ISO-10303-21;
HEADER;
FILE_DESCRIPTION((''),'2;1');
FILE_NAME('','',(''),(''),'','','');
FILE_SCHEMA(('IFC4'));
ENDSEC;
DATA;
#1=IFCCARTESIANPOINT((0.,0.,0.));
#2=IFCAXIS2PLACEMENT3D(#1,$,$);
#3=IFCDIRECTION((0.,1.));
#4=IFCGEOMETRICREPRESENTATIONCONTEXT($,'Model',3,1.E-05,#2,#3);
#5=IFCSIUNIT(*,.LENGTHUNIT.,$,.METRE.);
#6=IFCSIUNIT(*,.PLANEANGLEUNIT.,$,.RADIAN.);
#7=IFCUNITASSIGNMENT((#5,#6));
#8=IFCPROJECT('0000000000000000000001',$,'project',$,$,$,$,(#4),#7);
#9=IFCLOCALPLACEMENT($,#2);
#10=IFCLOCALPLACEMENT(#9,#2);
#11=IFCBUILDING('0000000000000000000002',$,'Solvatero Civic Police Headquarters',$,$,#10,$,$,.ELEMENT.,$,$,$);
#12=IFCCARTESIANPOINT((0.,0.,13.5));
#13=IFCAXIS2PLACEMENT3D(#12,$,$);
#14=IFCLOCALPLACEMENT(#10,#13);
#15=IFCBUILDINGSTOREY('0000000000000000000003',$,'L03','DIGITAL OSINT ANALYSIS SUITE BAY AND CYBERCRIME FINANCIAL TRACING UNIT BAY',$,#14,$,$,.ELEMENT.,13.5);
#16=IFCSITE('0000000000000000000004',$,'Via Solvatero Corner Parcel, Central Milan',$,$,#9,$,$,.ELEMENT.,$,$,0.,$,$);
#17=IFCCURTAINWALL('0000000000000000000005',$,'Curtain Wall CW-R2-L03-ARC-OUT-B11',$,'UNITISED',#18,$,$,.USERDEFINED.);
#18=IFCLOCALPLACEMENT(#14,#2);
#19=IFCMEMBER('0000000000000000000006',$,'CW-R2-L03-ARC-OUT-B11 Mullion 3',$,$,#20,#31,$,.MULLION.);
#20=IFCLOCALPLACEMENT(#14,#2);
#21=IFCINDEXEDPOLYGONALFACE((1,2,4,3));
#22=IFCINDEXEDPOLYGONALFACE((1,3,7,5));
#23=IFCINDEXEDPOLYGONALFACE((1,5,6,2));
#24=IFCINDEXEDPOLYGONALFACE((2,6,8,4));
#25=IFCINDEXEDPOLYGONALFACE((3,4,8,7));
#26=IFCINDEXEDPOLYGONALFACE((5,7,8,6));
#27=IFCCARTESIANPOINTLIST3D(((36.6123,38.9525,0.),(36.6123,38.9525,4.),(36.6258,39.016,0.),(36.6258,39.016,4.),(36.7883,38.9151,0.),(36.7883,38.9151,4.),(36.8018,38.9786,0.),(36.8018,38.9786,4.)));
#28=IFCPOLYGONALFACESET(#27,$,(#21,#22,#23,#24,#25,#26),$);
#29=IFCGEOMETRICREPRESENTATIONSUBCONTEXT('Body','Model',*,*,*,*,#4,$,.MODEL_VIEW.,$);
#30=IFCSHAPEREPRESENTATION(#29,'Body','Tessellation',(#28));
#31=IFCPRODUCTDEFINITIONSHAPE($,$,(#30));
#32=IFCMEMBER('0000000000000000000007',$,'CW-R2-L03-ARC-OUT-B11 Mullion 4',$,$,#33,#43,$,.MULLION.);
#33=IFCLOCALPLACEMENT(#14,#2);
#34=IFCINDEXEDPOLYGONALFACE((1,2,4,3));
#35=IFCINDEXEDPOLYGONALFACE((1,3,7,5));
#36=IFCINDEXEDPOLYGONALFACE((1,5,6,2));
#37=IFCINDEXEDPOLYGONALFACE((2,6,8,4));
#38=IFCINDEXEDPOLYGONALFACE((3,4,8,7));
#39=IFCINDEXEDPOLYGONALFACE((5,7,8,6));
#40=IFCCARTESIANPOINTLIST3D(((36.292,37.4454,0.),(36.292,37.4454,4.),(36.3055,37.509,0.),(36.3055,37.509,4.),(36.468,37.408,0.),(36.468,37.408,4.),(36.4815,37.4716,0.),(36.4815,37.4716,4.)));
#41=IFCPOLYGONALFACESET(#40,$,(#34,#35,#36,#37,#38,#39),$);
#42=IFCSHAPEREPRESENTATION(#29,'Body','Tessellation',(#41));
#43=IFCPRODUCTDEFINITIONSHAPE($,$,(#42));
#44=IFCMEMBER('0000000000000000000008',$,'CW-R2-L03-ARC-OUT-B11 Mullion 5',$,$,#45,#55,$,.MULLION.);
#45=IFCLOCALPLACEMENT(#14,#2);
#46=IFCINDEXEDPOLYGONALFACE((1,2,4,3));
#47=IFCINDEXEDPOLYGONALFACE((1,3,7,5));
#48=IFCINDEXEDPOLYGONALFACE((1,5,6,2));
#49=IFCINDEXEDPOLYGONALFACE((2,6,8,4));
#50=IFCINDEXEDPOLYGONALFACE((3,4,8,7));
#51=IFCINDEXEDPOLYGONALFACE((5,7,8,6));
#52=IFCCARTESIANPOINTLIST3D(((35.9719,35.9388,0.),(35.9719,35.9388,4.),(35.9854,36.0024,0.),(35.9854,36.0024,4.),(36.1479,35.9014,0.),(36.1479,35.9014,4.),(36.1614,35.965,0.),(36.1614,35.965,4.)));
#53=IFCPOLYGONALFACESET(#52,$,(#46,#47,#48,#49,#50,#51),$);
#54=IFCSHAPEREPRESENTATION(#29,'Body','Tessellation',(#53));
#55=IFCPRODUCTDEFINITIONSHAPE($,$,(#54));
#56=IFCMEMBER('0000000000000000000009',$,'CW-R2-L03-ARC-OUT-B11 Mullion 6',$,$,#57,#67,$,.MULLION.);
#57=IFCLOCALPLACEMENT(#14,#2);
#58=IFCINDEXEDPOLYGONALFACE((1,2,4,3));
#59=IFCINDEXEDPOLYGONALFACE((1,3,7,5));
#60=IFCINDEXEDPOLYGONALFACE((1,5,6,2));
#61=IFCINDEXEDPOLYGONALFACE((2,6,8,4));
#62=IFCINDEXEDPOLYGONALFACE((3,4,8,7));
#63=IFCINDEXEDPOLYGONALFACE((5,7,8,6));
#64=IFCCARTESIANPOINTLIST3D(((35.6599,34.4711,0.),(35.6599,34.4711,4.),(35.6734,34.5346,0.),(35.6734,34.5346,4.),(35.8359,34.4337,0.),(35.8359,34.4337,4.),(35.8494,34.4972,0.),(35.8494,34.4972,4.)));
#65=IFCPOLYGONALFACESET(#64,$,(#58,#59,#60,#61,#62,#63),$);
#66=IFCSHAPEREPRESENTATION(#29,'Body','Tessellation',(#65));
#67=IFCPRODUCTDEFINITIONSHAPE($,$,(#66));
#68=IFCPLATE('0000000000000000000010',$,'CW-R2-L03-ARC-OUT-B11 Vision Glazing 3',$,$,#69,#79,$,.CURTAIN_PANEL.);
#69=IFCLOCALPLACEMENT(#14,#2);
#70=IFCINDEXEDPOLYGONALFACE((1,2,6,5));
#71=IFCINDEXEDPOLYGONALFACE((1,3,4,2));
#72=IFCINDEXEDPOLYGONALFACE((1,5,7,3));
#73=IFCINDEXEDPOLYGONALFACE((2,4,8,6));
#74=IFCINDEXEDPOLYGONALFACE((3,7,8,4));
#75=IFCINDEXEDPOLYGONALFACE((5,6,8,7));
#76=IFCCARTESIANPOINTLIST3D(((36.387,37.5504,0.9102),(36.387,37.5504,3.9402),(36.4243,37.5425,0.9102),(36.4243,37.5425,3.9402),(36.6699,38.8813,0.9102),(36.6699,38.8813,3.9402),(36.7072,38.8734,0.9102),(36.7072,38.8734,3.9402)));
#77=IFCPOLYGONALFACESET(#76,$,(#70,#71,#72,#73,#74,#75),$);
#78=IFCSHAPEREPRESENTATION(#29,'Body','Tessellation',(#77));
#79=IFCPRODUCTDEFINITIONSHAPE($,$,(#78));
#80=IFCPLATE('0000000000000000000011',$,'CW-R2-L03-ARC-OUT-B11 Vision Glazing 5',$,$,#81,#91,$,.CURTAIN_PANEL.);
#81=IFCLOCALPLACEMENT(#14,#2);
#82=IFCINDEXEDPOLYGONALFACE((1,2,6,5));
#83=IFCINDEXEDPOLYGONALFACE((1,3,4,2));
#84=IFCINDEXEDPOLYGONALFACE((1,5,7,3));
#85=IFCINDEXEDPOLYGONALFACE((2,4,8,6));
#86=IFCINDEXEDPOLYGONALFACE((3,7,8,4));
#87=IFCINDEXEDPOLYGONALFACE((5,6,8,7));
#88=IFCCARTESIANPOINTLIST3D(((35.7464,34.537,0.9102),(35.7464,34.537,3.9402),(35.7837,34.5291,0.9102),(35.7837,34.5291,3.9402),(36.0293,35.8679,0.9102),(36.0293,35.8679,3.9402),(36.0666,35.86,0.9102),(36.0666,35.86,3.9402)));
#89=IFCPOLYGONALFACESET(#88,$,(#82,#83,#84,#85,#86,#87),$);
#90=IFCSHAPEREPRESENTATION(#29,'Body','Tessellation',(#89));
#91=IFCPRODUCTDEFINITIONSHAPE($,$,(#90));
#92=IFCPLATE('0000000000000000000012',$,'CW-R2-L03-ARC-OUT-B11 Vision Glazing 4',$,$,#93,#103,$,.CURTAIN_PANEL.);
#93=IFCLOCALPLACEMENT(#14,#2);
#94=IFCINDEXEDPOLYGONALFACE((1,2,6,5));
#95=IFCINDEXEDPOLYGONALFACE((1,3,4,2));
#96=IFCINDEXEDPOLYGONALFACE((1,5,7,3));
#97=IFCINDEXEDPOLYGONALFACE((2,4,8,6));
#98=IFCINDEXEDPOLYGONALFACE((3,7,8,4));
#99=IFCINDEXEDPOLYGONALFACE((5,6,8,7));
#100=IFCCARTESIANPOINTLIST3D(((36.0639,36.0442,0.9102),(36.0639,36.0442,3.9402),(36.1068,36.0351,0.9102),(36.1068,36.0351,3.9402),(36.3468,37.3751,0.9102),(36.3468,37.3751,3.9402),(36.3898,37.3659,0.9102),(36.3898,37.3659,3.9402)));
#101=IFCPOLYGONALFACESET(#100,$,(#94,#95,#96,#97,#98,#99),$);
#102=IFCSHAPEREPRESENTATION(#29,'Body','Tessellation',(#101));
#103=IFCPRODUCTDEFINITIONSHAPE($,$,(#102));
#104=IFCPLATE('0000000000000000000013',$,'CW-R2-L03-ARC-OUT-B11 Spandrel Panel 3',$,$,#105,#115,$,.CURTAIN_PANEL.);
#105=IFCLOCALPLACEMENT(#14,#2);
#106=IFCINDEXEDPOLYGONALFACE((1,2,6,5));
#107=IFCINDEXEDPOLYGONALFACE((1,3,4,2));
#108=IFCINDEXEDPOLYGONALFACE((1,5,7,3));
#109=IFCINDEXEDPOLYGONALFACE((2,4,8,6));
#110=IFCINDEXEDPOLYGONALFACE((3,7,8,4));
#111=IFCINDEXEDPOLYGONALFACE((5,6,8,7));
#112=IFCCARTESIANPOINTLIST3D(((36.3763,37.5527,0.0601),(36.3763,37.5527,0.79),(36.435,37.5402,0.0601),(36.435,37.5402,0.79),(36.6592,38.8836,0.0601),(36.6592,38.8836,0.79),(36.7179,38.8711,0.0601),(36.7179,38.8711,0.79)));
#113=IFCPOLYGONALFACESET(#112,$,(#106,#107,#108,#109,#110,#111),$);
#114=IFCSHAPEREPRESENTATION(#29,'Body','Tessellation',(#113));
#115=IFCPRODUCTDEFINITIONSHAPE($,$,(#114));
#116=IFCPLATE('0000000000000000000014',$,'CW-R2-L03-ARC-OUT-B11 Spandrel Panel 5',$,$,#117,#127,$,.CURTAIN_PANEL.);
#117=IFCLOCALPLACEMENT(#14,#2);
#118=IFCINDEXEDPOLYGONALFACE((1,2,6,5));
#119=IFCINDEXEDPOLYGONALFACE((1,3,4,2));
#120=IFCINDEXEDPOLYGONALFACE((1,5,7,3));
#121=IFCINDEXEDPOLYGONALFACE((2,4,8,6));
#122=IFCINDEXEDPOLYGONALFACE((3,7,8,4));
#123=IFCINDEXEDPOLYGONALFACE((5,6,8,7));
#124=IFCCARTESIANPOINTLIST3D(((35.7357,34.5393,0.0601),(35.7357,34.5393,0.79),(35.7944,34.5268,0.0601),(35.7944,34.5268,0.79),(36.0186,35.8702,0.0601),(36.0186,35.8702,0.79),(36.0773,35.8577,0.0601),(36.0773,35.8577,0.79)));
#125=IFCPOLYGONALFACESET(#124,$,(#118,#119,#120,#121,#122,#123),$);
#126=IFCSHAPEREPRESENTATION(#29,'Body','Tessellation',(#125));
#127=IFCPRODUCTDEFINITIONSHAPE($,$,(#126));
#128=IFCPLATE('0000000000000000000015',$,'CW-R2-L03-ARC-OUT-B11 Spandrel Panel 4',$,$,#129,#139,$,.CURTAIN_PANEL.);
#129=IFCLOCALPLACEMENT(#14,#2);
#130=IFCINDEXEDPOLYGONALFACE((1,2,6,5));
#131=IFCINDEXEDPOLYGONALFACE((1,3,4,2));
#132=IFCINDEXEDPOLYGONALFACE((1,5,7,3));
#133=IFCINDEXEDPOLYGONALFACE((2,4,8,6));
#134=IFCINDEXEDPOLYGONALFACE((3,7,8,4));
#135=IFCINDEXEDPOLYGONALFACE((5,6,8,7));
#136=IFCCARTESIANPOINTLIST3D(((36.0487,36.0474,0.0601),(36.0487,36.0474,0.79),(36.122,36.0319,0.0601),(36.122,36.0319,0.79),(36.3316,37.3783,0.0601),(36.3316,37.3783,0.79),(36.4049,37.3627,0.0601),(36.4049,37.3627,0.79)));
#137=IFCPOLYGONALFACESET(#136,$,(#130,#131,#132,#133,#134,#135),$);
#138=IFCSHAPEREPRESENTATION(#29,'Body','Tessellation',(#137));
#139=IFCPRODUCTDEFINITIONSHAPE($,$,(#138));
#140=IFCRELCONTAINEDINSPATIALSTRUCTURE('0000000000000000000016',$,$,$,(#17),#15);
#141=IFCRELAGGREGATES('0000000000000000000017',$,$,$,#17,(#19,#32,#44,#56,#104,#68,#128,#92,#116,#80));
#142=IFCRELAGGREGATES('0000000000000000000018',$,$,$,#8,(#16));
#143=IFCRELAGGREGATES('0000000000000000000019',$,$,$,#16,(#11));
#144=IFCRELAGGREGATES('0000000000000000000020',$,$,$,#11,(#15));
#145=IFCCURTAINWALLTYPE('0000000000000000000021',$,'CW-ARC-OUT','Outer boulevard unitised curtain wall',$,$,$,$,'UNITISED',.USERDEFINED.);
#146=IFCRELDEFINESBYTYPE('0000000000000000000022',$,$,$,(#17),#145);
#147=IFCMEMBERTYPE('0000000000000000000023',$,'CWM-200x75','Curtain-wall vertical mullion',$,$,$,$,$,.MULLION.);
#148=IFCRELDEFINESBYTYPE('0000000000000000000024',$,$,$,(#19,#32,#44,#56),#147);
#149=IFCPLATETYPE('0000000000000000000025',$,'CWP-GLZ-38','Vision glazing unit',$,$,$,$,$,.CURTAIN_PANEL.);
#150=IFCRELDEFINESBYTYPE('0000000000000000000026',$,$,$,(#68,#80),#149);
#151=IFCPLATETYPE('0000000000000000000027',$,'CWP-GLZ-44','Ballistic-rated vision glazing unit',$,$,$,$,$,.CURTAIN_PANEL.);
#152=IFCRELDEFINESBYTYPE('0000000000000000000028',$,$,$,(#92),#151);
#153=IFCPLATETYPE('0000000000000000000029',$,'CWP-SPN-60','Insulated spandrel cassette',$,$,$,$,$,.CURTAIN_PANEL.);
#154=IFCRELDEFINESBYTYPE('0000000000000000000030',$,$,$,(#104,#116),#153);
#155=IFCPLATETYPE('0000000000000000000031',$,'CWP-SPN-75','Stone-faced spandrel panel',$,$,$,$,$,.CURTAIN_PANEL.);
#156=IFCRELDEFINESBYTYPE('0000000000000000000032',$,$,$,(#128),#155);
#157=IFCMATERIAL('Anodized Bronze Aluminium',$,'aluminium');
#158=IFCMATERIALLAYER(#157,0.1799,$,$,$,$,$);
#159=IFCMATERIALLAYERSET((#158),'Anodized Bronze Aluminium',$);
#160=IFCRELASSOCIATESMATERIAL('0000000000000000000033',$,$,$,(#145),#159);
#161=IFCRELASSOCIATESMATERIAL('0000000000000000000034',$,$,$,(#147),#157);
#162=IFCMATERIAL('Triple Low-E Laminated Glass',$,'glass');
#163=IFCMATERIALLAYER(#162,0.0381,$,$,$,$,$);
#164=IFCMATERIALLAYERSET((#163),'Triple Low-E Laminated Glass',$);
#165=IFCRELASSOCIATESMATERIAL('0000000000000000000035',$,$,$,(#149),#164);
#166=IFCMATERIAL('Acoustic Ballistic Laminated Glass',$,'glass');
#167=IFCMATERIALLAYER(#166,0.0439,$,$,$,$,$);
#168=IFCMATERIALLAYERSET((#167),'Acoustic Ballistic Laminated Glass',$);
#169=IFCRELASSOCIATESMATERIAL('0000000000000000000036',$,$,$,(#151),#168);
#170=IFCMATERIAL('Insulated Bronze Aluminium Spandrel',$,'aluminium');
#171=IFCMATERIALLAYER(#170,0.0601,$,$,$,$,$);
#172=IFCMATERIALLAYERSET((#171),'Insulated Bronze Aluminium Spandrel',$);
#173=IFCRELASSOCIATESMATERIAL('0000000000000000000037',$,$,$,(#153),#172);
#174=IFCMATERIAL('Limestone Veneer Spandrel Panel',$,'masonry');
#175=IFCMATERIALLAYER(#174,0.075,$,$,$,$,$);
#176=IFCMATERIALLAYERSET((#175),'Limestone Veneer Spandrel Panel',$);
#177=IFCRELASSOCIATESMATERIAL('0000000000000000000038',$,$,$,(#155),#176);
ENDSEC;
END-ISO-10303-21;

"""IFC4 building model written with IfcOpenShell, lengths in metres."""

from ifc_helpers import new_model, si_unit, direction, frame, origin, origin_2d, place, context, subcontext, project, spatial, rectangle, extrude, material, layer, layer_set, material_profile, profile_set, type_object, element, aggregate, save


model = new_model("IFC4")

# Units and contexts
model_context = context("Model", 3, precision=1e-05, world=origin(), true_north=direction((0.0, 1.0)))
body_context = subcontext(model_context, "Body", "Model", "MODEL_VIEW")
ifc_project = project(units=[si_unit("LENGTHUNIT", "METRE"), si_unit("PLANEANGLEUNIT", "RADIAN")], contexts=[model_context])

# Site, building, storey
site_placement = place(None, origin())
site = spatial("IfcSite", under=ifc_project, at=site_placement, Name="Via Solvatero Corner Parcel, Central Milan", CompositionType="ELEMENT", RefElevation=0.0)
building_placement = place(site_placement, origin())
building = spatial("IfcBuilding", under=site, at=building_placement, Name="Solvatero Civic Police Headquarters", CompositionType="ELEMENT")
storey_placement = place(building_placement, frame((0.0, 0.0, 13.5)))
storey = spatial("IfcBuildingStorey", under=building, at=storey_placement, Name="L03", Description="DIGITAL OSINT ANALYSIS SUITE BAY AND CYBERCRIME FINANCIAL TRACING UNIT BAY", CompositionType="ELEMENT", Elevation=13.5)

# Curtain wall, members, plates
ifc_material_1 = material(Name="Anodized Bronze Aluminium", Category="aluminium")
ifc_layer_1 = layer(ifc_material_1, 0.1799)
ifc_layer_set_1 = layer_set([ifc_layer_1], Name="Anodized Bronze Aluminium")
curtain_wall_type = type_object("IfcCurtainWallType", Name="CW-ARC-OUT", Description="Outer boulevard unitised curtain wall", ElementType="UNITISED", PredefinedType="USERDEFINED", material=ifc_layer_set_1)
curtain_wall_placement = place(storey_placement, origin())
curtain_wall = element("IfcCurtainWall", 1, at=curtain_wall_placement, inside=storey, type_object=curtain_wall_type, Name="Curtain Wall CW-R2-L03-ARC-OUT-B11", ObjectType="UNITISED", PredefinedType="USERDEFINED")
ifc_material_profile = material_profile(ifc_material_1, rectangle(XDim=0.0649, YDim=0.1799, at=origin_2d()), Name="ALU MULLION 65x180")
ifc_profile_set = profile_set([ifc_material_profile], Name="Anodized Bronze Aluminium")
member_type = type_object("IfcMemberType", Name="CWM-200x75", Description="Curtain-wall vertical mullion", PredefinedType="MULLION", material=ifc_profile_set)
member_1_placement = place(storey_placement, frame((36.707, 38.9656, 0.0), z_axis=(0.0, 0.0, 1.0), x_axis=(-0.207929, -0.978144, 0.0)))
member_1 = element("IfcMember", 2, at=member_1_placement, type_object=member_type, Name="CW-R2-L03-ARC-OUT-B11 Mullion 3", PredefinedType="MULLION", context=body_context, shape_type="SweptSolid", body=[
    extrude(rectangle(XDim=0.0649, YDim=0.1799, at=origin_2d()), origin(), (0.0, 0.0, 1.0), 4.0),
])
member_2_placement = place(storey_placement, frame((36.3867, 37.4585, 0.0), z_axis=(0.0, 0.0, 1.0), x_axis=(-0.207929, -0.978144, 0.0)))
member_2 = element("IfcMember", 3, at=member_2_placement, type_object=member_type, Name="CW-R2-L03-ARC-OUT-B11 Mullion 4", PredefinedType="MULLION", context=body_context, shape_type="SweptSolid", body=[
    extrude(rectangle(XDim=0.0649, YDim=0.1799, at=origin_2d()), origin(), (0.0, 0.0, 1.0), 4.0),
])
member_3_placement = place(storey_placement, frame((36.0667, 35.9519, 0.0), z_axis=(0.0, 0.0, 1.0), x_axis=(-0.207929, -0.978144, 0.0)))
member_3 = element("IfcMember", 4, at=member_3_placement, type_object=member_type, Name="CW-R2-L03-ARC-OUT-B11 Mullion 5", PredefinedType="MULLION", context=body_context, shape_type="SweptSolid", body=[
    extrude(rectangle(XDim=0.0649, YDim=0.1799, at=origin_2d()), origin(), (0.0, 0.0, 1.0), 4.0),
])
member_4_placement = place(storey_placement, frame((35.7546, 34.4841, 0.0), z_axis=(0.0, 0.0, 1.0), x_axis=(-0.207929, -0.978144, 0.0)))
member_4 = element("IfcMember", 5, at=member_4_placement, type_object=member_type, Name="CW-R2-L03-ARC-OUT-B11 Mullion 6", PredefinedType="MULLION", context=body_context, shape_type="SweptSolid", body=[
    extrude(rectangle(XDim=0.0649, YDim=0.1799, at=origin_2d()), origin(), (0.0, 0.0, 1.0), 4.0),
])
ifc_material_2 = material(Name="Triple Low-E Laminated Glass", Category="glass")
ifc_layer_2 = layer(ifc_material_2, 0.0381)
ifc_layer_set_2 = layer_set([ifc_layer_2], Name="Triple Low-E Laminated Glass")
plate_type_1 = type_object("IfcPlateType", Name="CWP-GLZ-38", Description="Vision glazing unit", PredefinedType="CURTAIN_PANEL", material=ifc_layer_set_2)
plate_1_placement = place(storey_placement, frame((36.5471, 38.2119, 0.9102), z_axis=(0.0, 0.0, 1.0), x_axis=(-0.207929, -0.978144, 0.0)))
plate_1 = element("IfcPlate", 6, at=plate_1_placement, type_object=plate_type_1, Name="CW-R2-L03-ARC-OUT-B11 Vision Glazing 3", PredefinedType="CURTAIN_PANEL", context=body_context, shape_type="SweptSolid", body=[
    extrude(rectangle(XDim=1.3606, YDim=0.0381, at=origin_2d()), origin(), (0.0, 0.0, 1.0), 3.03),
])
plate_2_placement = place(storey_placement, frame((35.9065, 35.1985, 0.9102), z_axis=(0.0, 0.0, 1.0), x_axis=(-0.207929, -0.978144, 0.0)))
plate_2 = element("IfcPlate", 7, at=plate_2_placement, type_object=plate_type_1, Name="CW-R2-L03-ARC-OUT-B11 Vision Glazing 5", PredefinedType="CURTAIN_PANEL", context=body_context, shape_type="SweptSolid", body=[
    extrude(rectangle(XDim=1.3606, YDim=0.0381, at=origin_2d()), origin(), (0.0, 0.0, 1.0), 3.03),
])
ifc_material_3 = material(Name="Acoustic Ballistic Laminated Glass", Category="glass")
ifc_layer_3 = layer(ifc_material_3, 0.0439)
ifc_layer_set_3 = layer_set([ifc_layer_3], Name="Acoustic Ballistic Laminated Glass")
plate_type_2 = type_object("IfcPlateType", Name="CWP-GLZ-44", Description="Ballistic-rated vision glazing unit", PredefinedType="CURTAIN_PANEL", material=ifc_layer_set_3)
plate_3_placement = place(storey_placement, frame((36.2268, 36.7051, 0.9102), z_axis=(0.0, 0.0, 1.0), x_axis=(-0.207929, -0.978144, 0.0)))
plate_3 = element("IfcPlate", 8, at=plate_3_placement, type_object=plate_type_2, Name="CW-R2-L03-ARC-OUT-B11 Vision Glazing 4", PredefinedType="CURTAIN_PANEL", context=body_context, shape_type="SweptSolid", body=[
    extrude(rectangle(XDim=1.3606, YDim=0.0439, at=origin_2d()), origin(), (0.0, 0.0, 1.0), 3.03),
])
ifc_material_4 = material(Name="Insulated Bronze Aluminium Spandrel", Category="aluminium")
ifc_layer_4 = layer(ifc_material_4, 0.0601)
ifc_layer_set_4 = layer_set([ifc_layer_4], Name="Insulated Bronze Aluminium Spandrel")
plate_type_3 = type_object("IfcPlateType", Name="CWP-SPN-60", Description="Insulated spandrel cassette", PredefinedType="CURTAIN_PANEL", material=ifc_layer_set_4)
plate_4_placement = place(storey_placement, frame((36.5471, 38.2119, 0.0601), z_axis=(0.0, 0.0, 1.0), x_axis=(-0.207929, -0.978144, 0.0)))
plate_4 = element("IfcPlate", 9, at=plate_4_placement, type_object=plate_type_3, Name="CW-R2-L03-ARC-OUT-B11 Spandrel Panel 3", PredefinedType="CURTAIN_PANEL", context=body_context, shape_type="SweptSolid", body=[
    extrude(rectangle(XDim=1.3606, YDim=0.0601, at=origin_2d()), origin(), (0.0, 0.0, 1.0), 0.73),
])
plate_5_placement = place(storey_placement, frame((35.9065, 35.1985, 0.0601), z_axis=(0.0, 0.0, 1.0), x_axis=(-0.207929, -0.978144, 0.0)))
plate_5 = element("IfcPlate", 10, at=plate_5_placement, type_object=plate_type_3, Name="CW-R2-L03-ARC-OUT-B11 Spandrel Panel 5", PredefinedType="CURTAIN_PANEL", context=body_context, shape_type="SweptSolid", body=[
    extrude(rectangle(XDim=1.3606, YDim=0.0601, at=origin_2d()), origin(), (0.0, 0.0, 1.0), 0.73),
])
ifc_material_5 = material(Name="Limestone Veneer Spandrel Panel", Category="masonry")
ifc_layer_5 = layer(ifc_material_5, 0.075)
ifc_layer_set_5 = layer_set([ifc_layer_5], Name="Limestone Veneer Spandrel Panel")
plate_type_4 = type_object("IfcPlateType", Name="CWP-SPN-75", Description="Stone-faced spandrel panel", PredefinedType="CURTAIN_PANEL", material=ifc_layer_set_5)
plate_6_placement = place(storey_placement, frame((36.2268, 36.7051, 0.0601), z_axis=(0.0, 0.0, 1.0), x_axis=(-0.207929, -0.978144, 0.0)))
plate_6 = element("IfcPlate", 11, at=plate_6_placement, type_object=plate_type_4, Name="CW-R2-L03-ARC-OUT-B11 Spandrel Panel 4", PredefinedType="CURTAIN_PANEL", context=body_context, shape_type="SweptSolid", body=[
    extrude(rectangle(XDim=1.3606, YDim=0.075, at=origin_2d()), origin(), (0.0, 0.0, 1.0), 0.73),
])
aggregate(curtain_wall, [member_1, member_2, member_3, member_4, plate_4, plate_1, plate_6, plate_3, plate_5, plate_2])

save(model, "model.ifc")
